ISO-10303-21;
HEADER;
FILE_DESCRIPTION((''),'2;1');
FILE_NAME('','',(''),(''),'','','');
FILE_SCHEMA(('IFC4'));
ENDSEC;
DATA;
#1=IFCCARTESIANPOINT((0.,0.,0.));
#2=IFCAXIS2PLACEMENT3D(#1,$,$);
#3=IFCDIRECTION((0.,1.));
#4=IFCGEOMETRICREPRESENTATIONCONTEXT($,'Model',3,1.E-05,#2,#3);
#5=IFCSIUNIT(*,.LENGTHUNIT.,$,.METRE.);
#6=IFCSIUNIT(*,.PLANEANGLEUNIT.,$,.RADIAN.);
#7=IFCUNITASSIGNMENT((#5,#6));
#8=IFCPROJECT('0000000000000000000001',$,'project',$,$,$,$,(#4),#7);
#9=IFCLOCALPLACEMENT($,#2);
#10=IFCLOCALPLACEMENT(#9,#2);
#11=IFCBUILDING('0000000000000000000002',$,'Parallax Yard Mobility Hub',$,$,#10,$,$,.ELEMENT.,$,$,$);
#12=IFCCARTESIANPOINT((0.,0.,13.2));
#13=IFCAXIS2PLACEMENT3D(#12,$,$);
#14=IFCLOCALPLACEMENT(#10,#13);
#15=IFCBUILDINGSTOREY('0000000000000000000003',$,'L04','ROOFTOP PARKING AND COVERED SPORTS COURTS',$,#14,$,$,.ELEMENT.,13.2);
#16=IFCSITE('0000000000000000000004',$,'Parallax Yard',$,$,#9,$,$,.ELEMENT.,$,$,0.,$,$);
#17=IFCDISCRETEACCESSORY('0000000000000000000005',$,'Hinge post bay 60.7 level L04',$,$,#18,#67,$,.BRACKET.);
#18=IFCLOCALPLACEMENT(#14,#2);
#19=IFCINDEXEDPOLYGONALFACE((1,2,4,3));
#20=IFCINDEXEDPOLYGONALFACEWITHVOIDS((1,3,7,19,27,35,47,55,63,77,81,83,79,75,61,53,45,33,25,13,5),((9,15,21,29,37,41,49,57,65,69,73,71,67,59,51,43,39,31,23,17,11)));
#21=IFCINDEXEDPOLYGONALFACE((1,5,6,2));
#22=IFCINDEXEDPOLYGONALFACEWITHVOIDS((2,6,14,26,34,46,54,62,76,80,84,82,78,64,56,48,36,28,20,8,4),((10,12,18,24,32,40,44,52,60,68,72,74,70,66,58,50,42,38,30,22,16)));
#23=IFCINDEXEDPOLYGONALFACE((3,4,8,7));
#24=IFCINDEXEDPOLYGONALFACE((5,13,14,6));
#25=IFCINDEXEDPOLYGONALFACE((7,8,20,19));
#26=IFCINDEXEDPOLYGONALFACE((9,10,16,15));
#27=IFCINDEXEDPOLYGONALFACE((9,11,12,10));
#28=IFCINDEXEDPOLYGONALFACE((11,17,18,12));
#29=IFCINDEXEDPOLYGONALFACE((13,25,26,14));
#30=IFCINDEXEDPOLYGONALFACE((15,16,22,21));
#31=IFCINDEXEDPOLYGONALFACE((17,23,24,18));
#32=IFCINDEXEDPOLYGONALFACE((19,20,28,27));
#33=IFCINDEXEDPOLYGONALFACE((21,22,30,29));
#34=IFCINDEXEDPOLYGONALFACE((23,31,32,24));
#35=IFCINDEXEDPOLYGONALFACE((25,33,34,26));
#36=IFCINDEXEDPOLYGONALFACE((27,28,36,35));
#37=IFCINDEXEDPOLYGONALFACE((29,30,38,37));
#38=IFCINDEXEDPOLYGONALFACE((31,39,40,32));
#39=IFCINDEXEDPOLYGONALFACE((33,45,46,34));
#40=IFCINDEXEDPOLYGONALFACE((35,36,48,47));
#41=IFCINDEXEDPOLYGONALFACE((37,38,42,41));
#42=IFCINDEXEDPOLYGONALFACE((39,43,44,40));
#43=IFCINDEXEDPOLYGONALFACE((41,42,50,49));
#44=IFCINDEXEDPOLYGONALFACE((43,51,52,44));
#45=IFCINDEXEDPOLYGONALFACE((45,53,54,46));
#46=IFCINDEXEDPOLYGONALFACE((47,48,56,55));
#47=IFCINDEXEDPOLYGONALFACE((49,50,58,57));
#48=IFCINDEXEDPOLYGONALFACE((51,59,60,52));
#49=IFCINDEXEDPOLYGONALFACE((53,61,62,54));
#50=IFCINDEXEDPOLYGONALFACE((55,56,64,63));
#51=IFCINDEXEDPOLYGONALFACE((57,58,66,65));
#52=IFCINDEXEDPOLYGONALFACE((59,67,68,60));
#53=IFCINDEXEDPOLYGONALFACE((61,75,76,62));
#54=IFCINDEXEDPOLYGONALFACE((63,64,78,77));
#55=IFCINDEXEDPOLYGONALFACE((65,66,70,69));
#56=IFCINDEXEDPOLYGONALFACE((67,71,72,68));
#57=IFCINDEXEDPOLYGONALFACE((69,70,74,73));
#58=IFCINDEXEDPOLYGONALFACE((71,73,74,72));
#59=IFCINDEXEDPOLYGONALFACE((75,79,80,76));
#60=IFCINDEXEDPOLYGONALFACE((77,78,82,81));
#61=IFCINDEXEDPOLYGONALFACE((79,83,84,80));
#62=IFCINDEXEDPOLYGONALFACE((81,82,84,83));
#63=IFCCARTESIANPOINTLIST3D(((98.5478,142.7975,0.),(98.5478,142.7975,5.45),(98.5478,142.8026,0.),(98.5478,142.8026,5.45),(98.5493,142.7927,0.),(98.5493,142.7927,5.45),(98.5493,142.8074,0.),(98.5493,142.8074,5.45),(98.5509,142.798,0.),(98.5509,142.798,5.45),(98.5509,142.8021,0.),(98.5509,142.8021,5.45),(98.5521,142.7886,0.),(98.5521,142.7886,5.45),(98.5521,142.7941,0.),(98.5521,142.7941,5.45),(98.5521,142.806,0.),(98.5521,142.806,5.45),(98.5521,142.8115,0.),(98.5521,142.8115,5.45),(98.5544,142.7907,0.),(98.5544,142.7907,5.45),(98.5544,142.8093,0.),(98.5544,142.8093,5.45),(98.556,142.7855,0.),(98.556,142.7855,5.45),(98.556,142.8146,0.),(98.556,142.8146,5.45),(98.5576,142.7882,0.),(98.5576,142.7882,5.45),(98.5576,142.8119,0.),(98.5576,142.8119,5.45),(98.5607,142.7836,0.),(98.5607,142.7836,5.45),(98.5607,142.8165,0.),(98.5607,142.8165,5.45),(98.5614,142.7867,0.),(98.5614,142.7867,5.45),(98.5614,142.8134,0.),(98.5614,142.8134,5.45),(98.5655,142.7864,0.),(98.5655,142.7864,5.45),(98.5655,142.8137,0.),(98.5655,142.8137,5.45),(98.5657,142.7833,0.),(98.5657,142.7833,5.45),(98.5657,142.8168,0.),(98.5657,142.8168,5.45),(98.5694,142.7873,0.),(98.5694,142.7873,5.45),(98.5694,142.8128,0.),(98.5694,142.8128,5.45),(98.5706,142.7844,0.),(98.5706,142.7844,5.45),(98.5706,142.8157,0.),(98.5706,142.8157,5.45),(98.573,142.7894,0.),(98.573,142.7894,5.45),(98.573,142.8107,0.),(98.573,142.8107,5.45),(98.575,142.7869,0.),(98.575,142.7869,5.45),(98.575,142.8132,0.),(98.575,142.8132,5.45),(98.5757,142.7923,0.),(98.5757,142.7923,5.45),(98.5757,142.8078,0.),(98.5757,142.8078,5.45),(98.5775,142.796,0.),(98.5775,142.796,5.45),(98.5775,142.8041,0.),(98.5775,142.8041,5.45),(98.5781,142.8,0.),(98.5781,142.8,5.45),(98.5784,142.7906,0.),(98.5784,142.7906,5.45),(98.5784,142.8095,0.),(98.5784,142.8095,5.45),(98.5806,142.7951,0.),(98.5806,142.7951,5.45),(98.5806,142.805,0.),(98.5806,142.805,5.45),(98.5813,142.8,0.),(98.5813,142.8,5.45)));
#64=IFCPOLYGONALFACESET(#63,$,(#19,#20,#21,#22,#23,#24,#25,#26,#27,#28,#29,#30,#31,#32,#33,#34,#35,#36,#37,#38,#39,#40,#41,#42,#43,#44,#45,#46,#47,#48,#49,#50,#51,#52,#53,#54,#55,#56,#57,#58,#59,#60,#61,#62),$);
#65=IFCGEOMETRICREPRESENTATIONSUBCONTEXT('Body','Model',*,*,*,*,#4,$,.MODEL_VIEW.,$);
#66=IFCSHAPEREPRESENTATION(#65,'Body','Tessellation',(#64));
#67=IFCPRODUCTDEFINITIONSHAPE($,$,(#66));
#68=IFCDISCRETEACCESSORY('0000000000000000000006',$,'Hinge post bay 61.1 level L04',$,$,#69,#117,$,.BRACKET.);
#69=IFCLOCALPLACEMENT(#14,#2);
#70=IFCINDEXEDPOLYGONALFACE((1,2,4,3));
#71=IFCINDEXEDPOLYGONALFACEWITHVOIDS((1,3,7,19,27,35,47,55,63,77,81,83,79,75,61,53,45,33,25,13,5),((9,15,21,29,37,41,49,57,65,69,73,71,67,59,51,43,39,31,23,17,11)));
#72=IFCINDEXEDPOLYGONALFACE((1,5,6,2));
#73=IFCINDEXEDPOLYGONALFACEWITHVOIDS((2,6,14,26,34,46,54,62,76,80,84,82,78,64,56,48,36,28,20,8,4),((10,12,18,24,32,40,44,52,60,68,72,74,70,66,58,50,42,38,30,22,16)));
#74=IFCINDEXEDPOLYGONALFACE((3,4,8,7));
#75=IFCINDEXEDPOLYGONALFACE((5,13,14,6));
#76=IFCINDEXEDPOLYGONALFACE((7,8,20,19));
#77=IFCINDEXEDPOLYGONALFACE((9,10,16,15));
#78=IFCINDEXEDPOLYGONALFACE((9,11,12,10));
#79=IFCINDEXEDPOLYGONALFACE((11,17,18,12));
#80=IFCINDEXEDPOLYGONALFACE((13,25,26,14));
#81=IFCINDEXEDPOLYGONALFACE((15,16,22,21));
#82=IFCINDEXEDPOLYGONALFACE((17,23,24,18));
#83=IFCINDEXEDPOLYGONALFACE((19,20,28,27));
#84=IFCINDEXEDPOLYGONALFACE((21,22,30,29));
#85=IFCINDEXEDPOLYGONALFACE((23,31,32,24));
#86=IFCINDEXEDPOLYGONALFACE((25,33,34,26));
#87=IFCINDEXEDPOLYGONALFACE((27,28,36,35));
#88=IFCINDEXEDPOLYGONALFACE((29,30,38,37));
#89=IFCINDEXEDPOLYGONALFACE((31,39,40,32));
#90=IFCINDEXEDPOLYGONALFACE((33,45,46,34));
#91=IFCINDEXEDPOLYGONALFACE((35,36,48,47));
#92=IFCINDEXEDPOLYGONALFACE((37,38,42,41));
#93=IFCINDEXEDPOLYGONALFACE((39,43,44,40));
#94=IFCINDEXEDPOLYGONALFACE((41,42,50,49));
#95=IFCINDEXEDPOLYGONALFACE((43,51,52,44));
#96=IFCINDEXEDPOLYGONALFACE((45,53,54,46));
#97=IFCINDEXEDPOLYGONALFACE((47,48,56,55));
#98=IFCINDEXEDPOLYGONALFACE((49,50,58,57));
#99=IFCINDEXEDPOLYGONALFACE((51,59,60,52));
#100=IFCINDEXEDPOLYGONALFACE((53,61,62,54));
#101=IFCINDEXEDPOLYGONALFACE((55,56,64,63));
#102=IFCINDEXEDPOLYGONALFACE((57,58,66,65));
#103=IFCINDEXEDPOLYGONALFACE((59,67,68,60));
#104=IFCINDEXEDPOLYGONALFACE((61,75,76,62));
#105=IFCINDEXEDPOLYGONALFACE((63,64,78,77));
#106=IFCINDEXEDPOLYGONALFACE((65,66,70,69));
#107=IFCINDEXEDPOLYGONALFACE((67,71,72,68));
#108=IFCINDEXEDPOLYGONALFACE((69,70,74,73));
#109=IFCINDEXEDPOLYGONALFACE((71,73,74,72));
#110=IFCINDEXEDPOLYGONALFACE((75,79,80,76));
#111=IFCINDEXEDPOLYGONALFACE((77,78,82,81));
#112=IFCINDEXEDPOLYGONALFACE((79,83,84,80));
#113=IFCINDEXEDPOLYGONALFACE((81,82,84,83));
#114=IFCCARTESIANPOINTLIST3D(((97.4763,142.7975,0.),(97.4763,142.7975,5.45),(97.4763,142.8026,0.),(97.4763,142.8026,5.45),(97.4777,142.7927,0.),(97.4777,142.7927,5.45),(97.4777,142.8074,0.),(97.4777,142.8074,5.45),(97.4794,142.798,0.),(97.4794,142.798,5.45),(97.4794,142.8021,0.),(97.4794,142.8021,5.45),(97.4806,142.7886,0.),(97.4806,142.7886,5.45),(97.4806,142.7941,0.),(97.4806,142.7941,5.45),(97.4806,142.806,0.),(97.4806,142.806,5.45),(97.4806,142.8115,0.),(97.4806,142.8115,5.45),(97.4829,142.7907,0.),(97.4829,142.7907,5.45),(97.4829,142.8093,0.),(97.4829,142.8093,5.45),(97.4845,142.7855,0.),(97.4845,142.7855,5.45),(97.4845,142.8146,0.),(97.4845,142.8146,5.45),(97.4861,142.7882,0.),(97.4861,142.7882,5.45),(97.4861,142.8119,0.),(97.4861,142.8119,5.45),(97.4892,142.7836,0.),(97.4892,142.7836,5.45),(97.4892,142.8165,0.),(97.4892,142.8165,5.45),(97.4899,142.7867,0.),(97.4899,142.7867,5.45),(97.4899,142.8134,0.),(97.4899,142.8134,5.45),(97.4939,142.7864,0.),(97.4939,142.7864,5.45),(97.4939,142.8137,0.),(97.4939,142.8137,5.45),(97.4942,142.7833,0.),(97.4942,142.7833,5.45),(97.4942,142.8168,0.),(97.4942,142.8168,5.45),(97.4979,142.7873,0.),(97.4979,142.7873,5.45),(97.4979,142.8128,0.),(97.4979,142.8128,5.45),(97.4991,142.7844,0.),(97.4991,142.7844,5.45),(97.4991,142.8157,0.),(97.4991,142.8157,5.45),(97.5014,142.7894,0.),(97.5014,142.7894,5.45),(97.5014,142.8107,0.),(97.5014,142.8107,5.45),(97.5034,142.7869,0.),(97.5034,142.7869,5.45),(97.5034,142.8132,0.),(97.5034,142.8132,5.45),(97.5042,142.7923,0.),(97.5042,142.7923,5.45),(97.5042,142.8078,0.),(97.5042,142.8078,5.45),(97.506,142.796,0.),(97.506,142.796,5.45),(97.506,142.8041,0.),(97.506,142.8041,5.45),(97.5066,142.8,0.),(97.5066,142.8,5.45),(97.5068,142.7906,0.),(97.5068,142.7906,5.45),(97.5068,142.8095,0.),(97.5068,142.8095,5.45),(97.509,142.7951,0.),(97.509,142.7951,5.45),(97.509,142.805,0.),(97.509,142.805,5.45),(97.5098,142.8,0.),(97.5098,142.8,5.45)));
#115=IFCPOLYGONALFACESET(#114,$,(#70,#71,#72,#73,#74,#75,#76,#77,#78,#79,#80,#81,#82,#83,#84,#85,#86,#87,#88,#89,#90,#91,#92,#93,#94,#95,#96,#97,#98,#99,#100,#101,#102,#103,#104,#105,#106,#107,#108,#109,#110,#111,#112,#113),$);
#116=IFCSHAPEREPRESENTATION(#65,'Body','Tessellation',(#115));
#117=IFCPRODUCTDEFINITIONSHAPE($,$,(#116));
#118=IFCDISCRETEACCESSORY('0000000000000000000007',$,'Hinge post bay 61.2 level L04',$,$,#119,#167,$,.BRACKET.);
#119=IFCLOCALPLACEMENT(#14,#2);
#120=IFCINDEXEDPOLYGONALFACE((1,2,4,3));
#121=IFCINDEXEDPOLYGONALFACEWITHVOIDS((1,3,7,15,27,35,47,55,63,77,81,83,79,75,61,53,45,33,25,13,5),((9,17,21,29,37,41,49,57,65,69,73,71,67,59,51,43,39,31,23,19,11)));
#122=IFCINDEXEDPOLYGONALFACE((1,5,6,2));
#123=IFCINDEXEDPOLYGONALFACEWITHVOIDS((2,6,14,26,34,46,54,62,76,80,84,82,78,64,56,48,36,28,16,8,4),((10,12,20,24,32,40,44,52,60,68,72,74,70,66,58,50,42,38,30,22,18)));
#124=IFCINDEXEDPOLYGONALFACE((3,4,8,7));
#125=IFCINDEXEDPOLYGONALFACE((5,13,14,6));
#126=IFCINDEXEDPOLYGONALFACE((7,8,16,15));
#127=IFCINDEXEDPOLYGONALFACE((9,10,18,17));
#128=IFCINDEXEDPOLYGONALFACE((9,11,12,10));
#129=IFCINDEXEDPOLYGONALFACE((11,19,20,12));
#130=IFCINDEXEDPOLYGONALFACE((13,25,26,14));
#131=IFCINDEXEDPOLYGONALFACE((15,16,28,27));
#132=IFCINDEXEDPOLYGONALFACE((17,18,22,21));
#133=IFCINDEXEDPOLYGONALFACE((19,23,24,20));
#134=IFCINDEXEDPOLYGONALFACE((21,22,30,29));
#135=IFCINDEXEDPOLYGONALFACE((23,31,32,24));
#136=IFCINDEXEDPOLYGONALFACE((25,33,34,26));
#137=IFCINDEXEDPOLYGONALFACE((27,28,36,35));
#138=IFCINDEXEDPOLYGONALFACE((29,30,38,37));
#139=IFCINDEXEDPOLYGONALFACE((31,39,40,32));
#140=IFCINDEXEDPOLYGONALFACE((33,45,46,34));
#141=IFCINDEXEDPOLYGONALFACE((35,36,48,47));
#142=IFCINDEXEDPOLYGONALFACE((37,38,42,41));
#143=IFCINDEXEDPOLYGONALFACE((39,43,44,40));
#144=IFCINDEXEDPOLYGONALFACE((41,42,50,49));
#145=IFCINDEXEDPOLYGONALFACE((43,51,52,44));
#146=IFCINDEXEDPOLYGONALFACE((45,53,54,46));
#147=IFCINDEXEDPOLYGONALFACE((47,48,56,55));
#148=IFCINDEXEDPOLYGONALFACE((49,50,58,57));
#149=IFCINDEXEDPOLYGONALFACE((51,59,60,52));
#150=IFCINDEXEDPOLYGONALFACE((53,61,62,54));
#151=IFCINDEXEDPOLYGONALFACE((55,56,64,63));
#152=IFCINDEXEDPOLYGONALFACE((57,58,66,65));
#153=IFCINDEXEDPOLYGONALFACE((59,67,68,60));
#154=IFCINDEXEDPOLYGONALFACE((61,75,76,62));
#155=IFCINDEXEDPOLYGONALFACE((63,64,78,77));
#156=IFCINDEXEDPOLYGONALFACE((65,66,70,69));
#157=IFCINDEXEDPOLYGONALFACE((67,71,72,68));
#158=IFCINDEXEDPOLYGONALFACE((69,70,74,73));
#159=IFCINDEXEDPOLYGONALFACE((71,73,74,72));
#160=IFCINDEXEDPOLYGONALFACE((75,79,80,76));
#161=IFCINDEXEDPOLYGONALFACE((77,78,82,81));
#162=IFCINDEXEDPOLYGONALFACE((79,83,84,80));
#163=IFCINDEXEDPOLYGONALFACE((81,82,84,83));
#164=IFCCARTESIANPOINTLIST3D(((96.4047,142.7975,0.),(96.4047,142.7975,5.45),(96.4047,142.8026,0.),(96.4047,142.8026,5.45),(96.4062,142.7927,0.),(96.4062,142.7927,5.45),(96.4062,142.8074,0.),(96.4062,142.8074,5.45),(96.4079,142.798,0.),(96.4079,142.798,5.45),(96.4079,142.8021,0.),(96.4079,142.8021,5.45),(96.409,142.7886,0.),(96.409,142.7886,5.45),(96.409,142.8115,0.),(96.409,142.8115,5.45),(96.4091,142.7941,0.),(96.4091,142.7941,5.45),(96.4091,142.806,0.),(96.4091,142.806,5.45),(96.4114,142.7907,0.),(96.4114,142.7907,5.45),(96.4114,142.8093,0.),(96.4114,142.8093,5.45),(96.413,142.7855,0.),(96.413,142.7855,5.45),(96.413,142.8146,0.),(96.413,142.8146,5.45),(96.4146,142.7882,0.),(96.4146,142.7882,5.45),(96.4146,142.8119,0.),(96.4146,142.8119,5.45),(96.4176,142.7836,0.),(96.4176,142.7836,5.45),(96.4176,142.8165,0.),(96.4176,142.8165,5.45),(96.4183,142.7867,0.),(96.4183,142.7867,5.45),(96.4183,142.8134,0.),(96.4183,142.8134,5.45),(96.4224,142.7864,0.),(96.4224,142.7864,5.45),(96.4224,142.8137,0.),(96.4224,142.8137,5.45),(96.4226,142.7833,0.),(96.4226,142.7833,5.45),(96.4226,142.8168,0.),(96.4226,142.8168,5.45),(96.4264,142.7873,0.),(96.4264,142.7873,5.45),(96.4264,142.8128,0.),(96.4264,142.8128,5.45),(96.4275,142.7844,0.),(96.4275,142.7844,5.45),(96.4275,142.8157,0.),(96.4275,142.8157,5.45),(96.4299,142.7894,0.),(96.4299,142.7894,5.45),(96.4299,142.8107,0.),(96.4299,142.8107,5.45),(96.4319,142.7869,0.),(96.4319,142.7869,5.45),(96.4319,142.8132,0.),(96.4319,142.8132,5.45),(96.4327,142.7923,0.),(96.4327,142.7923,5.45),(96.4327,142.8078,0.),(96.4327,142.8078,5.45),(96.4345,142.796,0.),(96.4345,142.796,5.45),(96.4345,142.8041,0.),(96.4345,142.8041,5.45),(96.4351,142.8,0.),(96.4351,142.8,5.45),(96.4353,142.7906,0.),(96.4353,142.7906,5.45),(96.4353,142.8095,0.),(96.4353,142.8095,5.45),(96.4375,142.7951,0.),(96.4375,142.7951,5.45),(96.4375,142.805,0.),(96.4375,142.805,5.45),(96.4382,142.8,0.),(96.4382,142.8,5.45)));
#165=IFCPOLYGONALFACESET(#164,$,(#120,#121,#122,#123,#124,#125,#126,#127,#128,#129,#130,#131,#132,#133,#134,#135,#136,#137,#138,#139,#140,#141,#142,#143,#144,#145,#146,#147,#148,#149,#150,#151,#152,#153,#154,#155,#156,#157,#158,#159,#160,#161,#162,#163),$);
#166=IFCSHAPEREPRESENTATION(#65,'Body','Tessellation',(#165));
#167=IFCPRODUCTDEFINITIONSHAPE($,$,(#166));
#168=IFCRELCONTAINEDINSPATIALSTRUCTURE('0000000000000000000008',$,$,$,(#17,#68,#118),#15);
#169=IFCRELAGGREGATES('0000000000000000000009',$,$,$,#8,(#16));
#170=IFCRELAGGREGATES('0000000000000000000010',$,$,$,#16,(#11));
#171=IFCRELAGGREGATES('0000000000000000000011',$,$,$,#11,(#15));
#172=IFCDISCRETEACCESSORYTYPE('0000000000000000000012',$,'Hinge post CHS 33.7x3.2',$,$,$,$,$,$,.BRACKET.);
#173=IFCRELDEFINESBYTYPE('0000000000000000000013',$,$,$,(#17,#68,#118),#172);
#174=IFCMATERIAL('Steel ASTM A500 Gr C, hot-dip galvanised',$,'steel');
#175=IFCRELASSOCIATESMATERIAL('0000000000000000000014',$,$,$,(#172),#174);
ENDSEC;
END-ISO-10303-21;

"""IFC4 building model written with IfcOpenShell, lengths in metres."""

from ifc_helpers import new_model, si_unit, direction, frame, origin, origin_2d, place, context, subcontext, project, spatial, hollow_circle, extrude, material, material_profile, profile_set, type_object, element, save


model = new_model("IFC4")

# Units and contexts
model_context = context("Model", 3, precision=1e-05, world=origin(), true_north=direction((0.0, 1.0)))
body_context = subcontext(model_context, "Body", "Model", "MODEL_VIEW")
ifc_project = project(units=[si_unit("LENGTHUNIT", "METRE"), si_unit("PLANEANGLEUNIT", "RADIAN")], contexts=[model_context])

# Site, building, storey
site_placement = place(None, origin())
site = spatial("IfcSite", under=ifc_project, at=site_placement, Name="Parallax Yard", CompositionType="ELEMENT", RefElevation=0.0)
building_placement = place(site_placement, origin())
building = spatial("IfcBuilding", under=site, at=building_placement, Name="Parallax Yard Mobility Hub", CompositionType="ELEMENT")
storey_placement = place(building_placement, frame((0.0, 0.0, 13.2)))
storey = spatial("IfcBuildingStorey", under=building, at=storey_placement, Name="L04", Description="ROOFTOP PARKING AND COVERED SPORTS COURTS", CompositionType="ELEMENT", Elevation=13.2)

# Discrete accessories
ifc_material_1 = material(Name="Steel ASTM A500 Gr C, hot-dip galvanised", Category="steel")
ifc_material_profile = material_profile(ifc_material_1, hollow_circle(Radius=0.0168, WallThickness=0.0032, at=origin_2d()), Name="CHS 33.7x3.2")
ifc_profile_set = profile_set([ifc_material_profile], Name="Steel ASTM A500 Gr C, hot-dip galvanised")
discrete_accessory_type = type_object("IfcDiscreteAccessoryType", Name="Hinge post CHS 33.7x3.2", PredefinedType="BRACKET", material=ifc_profile_set)
for number, where, z_axis, x_axis, name in (
    (1, (98.5645, 142.8, 0.0), (0.0, 0.0, 1.0), (1.0, 0.0, 0.0), "Hinge post bay 60.7 level L04"),
    (2, (97.4929, 142.8, 0.0), (0.0, 0.0, 1.0), (1.0, 0.0, 0.0), "Hinge post bay 61.1 level L04"),
    (3, (96.4214, 142.8, 0.0), (0.0, 0.0, 1.0), (1.0, 0.0, 0.0), "Hinge post bay 61.2 level L04"),
):
    element("IfcDiscreteAccessory", number, at=place(storey_placement, frame(where, z_axis=z_axis, x_axis=x_axis)), inside=storey, type_object=discrete_accessory_type, Name=name, PredefinedType="BRACKET", context=body_context, shape_type="SweptSolid", body=[
        extrude(hollow_circle(Radius=0.0168, WallThickness=0.0032, at=origin_2d()), origin(), (0.0, 0.0, 1.0), 5.45),
    ])

save(model, "model.ifc")
